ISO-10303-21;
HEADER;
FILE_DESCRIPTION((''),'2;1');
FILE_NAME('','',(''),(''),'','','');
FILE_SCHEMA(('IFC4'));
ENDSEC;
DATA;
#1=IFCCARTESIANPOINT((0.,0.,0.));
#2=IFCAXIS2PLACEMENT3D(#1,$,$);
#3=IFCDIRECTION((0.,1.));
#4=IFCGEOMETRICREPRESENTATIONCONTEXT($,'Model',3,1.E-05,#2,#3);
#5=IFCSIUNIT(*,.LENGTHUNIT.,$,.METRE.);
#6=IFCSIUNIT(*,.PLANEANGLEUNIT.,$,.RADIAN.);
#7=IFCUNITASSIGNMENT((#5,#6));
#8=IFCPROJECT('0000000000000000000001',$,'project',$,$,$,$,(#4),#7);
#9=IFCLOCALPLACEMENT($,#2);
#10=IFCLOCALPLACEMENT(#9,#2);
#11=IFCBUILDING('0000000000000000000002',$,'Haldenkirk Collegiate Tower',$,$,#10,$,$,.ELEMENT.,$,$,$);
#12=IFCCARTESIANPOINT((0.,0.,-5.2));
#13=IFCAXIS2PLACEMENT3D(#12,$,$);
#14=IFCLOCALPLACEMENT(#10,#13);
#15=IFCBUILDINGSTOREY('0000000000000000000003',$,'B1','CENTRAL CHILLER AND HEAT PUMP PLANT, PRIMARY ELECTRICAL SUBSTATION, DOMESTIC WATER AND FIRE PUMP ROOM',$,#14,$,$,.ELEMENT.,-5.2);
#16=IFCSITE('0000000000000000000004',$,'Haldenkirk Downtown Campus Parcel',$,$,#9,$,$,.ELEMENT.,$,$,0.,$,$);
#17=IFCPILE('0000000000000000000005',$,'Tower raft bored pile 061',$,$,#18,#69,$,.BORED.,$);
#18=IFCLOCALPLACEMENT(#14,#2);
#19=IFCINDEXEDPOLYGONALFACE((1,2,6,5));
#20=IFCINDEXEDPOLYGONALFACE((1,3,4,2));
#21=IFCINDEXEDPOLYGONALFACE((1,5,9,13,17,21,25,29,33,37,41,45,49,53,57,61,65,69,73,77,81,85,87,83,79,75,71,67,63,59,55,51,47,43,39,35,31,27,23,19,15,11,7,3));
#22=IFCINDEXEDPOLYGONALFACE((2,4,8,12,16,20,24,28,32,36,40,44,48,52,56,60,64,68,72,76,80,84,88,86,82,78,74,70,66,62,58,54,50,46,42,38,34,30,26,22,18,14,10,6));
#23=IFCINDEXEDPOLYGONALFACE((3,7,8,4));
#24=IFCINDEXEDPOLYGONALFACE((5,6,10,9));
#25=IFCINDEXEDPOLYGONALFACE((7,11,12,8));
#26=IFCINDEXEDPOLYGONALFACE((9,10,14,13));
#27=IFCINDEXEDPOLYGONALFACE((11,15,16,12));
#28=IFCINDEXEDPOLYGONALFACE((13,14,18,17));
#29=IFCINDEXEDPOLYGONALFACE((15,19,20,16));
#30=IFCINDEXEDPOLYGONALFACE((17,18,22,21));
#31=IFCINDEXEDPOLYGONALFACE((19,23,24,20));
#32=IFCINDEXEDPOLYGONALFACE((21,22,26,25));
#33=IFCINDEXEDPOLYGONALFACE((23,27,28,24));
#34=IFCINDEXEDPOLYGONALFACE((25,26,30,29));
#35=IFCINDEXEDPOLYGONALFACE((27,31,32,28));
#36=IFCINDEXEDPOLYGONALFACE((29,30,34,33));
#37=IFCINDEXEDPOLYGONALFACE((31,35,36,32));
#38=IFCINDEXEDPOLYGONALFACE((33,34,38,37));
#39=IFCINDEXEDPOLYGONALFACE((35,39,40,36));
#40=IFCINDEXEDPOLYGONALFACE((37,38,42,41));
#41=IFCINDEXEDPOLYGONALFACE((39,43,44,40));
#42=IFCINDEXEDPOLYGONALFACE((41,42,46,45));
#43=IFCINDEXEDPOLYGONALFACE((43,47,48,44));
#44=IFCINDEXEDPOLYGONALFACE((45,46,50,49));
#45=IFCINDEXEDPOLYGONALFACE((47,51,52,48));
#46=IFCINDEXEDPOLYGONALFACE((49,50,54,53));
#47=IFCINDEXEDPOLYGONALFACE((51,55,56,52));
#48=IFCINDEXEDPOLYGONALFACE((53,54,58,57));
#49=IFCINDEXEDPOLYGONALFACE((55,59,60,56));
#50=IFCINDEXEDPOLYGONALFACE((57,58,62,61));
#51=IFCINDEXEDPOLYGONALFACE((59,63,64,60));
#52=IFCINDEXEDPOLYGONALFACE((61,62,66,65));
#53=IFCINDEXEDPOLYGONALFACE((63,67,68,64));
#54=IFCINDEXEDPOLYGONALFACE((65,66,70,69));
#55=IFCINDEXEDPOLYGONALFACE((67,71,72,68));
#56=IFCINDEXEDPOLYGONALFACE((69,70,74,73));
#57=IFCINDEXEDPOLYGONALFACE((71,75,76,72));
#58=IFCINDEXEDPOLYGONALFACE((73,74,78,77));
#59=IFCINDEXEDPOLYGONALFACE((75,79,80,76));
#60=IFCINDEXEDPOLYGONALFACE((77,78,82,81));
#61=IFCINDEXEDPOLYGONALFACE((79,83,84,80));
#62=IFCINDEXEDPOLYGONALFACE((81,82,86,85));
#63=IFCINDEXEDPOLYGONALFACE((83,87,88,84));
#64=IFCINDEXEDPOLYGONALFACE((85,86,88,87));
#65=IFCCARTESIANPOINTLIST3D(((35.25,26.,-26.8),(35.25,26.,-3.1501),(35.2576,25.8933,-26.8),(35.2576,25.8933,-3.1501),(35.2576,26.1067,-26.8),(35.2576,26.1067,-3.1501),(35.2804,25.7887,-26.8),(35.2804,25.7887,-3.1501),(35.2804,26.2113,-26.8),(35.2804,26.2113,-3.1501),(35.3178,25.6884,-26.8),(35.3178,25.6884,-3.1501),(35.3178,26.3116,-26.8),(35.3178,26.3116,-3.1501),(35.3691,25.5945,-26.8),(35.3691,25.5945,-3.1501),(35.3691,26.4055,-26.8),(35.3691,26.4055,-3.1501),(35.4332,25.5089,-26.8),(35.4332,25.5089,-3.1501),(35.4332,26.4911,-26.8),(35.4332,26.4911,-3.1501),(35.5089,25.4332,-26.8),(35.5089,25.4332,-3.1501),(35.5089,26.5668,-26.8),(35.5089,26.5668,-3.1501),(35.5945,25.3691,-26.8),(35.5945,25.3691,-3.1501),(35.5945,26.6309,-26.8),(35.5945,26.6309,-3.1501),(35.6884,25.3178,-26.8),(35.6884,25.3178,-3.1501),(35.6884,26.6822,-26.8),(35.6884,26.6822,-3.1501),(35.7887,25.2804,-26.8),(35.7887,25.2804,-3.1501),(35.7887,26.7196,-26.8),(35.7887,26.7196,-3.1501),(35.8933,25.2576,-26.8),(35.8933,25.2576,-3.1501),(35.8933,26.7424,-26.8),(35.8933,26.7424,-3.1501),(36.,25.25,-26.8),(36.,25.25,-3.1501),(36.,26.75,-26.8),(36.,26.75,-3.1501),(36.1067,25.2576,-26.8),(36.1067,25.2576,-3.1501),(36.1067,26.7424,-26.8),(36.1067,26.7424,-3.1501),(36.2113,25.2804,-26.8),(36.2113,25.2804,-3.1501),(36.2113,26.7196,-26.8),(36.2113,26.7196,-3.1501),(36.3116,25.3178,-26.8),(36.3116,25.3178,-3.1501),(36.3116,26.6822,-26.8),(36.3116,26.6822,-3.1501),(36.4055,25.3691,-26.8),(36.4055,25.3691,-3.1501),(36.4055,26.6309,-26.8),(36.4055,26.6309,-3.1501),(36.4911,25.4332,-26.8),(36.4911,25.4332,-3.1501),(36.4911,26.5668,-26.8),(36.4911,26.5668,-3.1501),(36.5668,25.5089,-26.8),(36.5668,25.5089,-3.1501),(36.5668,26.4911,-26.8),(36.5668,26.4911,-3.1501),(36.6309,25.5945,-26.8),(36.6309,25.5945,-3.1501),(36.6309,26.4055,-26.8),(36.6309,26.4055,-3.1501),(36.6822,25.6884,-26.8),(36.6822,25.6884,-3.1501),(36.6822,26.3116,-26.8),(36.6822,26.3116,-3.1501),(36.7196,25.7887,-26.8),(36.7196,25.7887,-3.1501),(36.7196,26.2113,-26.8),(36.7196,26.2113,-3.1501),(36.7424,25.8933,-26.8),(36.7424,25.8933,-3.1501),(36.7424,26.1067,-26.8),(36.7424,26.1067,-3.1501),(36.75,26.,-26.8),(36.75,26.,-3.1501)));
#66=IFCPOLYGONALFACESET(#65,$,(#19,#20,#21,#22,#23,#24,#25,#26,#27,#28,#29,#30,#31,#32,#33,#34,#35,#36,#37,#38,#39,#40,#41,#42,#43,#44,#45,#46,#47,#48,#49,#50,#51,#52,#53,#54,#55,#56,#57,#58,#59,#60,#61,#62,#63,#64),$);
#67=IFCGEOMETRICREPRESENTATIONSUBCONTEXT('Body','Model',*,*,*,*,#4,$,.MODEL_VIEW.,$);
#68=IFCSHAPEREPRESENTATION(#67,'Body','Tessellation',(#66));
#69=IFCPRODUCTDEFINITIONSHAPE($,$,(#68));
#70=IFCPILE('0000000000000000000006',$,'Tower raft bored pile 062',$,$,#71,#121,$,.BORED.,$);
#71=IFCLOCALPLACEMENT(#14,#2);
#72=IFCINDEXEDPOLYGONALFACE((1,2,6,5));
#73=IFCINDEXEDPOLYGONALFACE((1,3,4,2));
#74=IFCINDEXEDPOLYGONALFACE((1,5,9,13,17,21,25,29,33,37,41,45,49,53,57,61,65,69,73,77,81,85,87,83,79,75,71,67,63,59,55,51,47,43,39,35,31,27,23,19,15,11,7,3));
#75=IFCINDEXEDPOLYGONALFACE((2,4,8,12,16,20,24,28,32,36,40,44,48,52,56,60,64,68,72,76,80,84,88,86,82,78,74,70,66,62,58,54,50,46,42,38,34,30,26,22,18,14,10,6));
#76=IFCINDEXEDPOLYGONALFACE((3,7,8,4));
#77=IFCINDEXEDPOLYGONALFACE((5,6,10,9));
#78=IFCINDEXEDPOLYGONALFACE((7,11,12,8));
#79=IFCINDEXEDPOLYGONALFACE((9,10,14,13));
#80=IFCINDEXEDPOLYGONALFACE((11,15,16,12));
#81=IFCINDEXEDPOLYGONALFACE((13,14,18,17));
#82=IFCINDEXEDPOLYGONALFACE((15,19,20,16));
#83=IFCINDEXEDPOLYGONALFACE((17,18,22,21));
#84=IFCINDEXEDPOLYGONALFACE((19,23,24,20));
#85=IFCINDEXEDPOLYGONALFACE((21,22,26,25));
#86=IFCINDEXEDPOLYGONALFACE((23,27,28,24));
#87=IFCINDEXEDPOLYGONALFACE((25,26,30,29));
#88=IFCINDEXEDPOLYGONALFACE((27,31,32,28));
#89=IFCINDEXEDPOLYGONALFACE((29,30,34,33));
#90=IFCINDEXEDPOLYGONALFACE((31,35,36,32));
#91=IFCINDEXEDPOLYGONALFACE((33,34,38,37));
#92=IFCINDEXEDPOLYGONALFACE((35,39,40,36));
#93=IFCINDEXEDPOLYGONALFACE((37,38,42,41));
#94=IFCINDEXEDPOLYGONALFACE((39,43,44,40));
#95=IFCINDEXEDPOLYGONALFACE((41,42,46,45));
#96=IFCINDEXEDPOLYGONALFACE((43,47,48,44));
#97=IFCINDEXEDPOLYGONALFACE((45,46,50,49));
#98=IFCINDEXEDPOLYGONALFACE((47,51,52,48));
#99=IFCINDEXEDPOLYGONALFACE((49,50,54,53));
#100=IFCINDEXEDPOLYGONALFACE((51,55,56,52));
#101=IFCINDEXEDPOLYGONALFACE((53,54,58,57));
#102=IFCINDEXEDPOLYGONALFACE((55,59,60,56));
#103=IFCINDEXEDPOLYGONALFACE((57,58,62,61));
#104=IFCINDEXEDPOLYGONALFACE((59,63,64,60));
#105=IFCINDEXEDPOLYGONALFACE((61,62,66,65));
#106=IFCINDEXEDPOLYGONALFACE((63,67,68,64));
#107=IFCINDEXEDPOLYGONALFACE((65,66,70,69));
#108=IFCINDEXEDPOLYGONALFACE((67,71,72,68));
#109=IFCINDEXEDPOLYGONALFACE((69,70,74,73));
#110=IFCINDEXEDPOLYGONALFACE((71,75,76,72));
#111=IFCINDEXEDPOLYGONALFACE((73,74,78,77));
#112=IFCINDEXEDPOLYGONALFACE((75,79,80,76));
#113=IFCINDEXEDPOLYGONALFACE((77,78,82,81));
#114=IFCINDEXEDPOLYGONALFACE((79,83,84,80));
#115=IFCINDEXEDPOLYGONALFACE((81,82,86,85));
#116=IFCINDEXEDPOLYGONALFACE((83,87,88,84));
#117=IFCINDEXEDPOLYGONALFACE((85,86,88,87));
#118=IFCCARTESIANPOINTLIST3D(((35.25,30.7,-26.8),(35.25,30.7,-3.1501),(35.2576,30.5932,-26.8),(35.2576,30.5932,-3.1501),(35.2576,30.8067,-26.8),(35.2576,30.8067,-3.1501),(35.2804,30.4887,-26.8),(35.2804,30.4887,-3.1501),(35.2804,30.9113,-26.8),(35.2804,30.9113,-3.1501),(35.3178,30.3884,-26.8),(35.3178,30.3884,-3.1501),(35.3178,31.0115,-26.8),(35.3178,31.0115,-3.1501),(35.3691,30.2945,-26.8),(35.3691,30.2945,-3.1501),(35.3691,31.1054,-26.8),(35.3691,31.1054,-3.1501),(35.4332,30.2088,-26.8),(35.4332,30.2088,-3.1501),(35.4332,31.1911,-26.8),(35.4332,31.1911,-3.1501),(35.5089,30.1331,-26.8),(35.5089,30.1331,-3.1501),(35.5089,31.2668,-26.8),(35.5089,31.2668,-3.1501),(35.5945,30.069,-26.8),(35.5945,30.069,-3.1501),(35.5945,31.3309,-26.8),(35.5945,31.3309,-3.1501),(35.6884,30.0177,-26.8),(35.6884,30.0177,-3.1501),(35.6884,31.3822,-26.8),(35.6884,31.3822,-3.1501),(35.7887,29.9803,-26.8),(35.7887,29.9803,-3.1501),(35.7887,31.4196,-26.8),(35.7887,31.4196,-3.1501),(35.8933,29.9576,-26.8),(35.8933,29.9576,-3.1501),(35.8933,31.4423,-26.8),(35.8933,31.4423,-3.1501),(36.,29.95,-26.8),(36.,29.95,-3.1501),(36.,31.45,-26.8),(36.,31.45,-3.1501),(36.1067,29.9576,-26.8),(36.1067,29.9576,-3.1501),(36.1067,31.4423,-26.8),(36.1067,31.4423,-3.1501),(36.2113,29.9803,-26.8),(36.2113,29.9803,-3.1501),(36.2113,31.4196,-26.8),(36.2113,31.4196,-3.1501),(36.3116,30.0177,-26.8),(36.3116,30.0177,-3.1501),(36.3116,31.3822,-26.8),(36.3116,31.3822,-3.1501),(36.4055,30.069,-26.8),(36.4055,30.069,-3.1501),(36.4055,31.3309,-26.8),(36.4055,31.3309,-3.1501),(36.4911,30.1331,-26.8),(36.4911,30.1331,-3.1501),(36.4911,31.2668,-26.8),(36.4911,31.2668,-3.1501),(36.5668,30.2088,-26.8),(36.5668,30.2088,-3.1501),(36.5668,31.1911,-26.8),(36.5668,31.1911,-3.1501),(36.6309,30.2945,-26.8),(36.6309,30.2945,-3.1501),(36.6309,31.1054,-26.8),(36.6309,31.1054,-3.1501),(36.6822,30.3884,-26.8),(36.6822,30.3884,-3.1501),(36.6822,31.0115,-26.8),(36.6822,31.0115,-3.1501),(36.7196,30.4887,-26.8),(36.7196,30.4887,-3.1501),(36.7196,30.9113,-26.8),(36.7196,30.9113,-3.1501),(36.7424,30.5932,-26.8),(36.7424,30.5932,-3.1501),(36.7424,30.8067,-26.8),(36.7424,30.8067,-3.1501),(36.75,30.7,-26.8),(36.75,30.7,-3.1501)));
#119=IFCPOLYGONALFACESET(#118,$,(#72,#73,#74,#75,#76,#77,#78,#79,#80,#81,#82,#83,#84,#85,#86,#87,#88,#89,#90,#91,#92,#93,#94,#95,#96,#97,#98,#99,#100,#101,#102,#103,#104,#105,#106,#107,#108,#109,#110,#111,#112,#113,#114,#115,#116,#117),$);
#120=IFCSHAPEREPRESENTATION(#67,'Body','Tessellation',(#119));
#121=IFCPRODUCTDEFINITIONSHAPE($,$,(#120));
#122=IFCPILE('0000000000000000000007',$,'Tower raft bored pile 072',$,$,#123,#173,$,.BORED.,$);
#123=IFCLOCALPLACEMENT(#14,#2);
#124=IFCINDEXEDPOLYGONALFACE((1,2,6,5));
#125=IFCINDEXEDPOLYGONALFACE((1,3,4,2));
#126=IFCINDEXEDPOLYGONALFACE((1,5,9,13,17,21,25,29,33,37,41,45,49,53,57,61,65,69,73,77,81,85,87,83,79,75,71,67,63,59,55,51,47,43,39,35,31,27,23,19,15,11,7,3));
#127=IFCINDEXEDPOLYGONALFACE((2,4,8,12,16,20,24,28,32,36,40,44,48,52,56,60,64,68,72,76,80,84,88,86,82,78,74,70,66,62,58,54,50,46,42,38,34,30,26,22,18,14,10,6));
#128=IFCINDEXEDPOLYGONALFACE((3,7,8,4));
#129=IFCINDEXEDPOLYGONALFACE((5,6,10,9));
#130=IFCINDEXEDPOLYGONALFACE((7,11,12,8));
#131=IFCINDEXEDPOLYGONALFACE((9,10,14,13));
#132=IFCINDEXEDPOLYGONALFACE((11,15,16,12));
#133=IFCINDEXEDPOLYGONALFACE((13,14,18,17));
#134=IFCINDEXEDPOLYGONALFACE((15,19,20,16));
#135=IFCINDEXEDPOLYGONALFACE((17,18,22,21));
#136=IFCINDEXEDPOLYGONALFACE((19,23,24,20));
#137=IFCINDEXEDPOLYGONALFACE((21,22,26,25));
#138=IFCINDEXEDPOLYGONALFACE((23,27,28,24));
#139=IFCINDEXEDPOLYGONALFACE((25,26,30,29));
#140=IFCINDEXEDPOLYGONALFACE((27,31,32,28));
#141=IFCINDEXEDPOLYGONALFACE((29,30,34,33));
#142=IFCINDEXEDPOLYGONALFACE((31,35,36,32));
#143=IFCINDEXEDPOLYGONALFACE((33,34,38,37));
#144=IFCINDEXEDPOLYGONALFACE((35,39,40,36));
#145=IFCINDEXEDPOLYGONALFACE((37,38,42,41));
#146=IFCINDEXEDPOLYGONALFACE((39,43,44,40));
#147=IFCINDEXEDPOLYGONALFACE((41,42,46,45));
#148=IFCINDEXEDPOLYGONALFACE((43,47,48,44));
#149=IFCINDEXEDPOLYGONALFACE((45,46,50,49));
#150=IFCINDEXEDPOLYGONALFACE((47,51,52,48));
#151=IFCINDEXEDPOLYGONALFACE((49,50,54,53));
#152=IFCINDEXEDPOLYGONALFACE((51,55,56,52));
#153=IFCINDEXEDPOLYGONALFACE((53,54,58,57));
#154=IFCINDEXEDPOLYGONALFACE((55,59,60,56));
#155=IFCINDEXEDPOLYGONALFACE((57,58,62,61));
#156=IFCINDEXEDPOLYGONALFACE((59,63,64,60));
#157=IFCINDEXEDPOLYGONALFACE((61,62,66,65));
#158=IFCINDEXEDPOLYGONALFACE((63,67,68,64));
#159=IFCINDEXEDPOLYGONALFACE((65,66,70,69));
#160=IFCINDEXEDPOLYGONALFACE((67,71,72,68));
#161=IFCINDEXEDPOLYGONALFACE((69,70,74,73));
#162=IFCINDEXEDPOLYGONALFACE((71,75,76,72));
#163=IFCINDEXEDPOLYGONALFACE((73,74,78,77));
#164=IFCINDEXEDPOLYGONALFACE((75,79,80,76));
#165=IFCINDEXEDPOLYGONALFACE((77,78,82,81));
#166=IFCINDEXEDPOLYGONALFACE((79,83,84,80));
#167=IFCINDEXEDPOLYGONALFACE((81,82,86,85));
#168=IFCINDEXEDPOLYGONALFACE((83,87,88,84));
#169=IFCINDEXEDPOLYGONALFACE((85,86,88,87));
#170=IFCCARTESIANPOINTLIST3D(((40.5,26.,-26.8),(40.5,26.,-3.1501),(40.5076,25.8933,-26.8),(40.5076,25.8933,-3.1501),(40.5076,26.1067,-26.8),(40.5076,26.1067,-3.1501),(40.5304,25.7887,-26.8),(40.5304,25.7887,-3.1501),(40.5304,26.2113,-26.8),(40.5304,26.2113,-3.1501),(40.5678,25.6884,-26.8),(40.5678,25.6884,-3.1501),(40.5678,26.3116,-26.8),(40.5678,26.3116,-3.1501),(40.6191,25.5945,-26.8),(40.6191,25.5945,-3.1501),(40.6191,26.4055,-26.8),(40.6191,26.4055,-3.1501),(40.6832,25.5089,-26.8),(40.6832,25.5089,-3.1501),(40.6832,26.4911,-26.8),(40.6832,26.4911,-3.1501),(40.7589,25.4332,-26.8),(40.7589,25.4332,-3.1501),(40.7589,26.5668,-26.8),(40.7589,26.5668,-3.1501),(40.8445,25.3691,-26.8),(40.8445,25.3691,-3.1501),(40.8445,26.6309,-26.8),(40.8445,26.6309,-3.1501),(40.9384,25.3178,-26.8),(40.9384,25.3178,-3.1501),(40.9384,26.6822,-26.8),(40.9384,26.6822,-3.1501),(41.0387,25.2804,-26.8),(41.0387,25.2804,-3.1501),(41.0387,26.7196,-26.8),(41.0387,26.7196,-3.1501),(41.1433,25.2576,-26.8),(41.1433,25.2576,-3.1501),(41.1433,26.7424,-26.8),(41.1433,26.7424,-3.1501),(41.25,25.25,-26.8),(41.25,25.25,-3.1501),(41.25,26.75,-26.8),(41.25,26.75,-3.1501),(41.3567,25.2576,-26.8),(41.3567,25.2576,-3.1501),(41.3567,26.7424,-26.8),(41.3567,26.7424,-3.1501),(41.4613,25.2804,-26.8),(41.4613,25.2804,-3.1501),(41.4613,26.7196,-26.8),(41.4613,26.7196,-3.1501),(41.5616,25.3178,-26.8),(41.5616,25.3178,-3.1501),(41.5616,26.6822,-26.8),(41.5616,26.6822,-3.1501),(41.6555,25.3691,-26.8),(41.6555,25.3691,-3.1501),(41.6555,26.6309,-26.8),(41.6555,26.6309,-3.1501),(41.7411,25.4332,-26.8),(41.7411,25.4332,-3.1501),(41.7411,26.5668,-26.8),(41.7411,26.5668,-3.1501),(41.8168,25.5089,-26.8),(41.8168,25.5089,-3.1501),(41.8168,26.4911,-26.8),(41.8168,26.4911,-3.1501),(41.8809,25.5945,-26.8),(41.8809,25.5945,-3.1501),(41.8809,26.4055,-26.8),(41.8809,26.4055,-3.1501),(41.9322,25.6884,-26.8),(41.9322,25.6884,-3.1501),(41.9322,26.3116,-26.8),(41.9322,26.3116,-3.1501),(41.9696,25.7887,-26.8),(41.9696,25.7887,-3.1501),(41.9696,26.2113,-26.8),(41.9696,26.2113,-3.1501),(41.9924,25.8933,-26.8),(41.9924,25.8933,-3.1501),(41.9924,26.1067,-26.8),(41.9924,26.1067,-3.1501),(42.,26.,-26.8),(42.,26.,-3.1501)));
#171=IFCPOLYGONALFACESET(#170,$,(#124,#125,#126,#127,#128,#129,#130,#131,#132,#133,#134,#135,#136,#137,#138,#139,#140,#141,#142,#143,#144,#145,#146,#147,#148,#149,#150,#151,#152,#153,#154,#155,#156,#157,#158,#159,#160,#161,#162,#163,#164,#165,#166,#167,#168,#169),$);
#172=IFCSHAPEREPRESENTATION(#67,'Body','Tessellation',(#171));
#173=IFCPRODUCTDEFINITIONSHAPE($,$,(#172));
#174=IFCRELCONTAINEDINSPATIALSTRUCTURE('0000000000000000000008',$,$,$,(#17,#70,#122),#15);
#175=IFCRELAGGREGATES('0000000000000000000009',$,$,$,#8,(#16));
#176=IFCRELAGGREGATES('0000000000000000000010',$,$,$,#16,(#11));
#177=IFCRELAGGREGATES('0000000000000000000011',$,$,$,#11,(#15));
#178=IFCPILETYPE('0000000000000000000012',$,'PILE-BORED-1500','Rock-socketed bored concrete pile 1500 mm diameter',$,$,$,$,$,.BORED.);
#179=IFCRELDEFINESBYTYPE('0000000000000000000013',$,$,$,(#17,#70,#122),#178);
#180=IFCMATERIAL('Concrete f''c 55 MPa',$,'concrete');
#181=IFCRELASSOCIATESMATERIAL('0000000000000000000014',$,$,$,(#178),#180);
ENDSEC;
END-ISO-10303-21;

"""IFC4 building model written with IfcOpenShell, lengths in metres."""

from ifc_helpers import new_model, si_unit, direction, frame, origin, origin_2d, place, context, subcontext, project, spatial, circle, extrude, material, material_profile, profile_set, type_object, element, save


model = new_model("IFC4")

# Units and contexts
model_context = context("Model", 3, precision=1e-05, world=origin(), true_north=direction((0.0, 1.0)))
body_context = subcontext(model_context, "Body", "Model", "MODEL_VIEW")
ifc_project = project(units=[si_unit("LENGTHUNIT", "METRE"), si_unit("PLANEANGLEUNIT", "RADIAN")], contexts=[model_context])

# Site, building, storey
site_placement = place(None, origin())
site = spatial("IfcSite", under=ifc_project, at=site_placement, Name="Haldenkirk Downtown Campus Parcel", CompositionType="ELEMENT", RefElevation=0.0)
building_placement = place(site_placement, origin())
building = spatial("IfcBuilding", under=site, at=building_placement, Name="Haldenkirk Collegiate Tower", CompositionType="ELEMENT")
storey_placement = place(building_placement, frame((0.0, 0.0, -5.2)))
storey = spatial("IfcBuildingStorey", under=building, at=storey_placement, Name="B1", Description="CENTRAL CHILLER AND HEAT PUMP PLANT, PRIMARY ELECTRICAL SUBSTATION, DOMESTIC WATER AND FIRE PUMP ROOM", CompositionType="ELEMENT", Elevation=-5.2)

# Piles
ifc_material_1 = material(Name="Concrete f'c 55 MPa", Category="concrete")
ifc_material_profile = material_profile(ifc_material_1, circle(Radius=0.75, at=origin_2d()), Name="PILE1500")
ifc_profile_set = profile_set([ifc_material_profile], Name="Concrete f'c 55 MPa")
pile_type = type_object("IfcPileType", Name="PILE-BORED-1500", Description="Rock-socketed bored concrete pile 1500 mm diameter", PredefinedType="BORED", material=ifc_profile_set)
for number, where, z_axis, x_axis, name in (
    (1, (36.0, 26.0, -3.1501), (0.0, 0.0, -1.0), (1.0, 0.0, 0.0), "Tower raft bored pile 061"),
    (2, (36.0, 30.7, -3.1501), (0.0, 0.0, -1.0), (1.0, 0.0, 0.0), "Tower raft bored pile 062"),
    (3, (41.25, 26.0, -3.1501), (0.0, 0.0, -1.0), (1.0, 0.0, 0.0), "Tower raft bored pile 072"),
):
    element("IfcPile", number, at=place(storey_placement, frame(where, z_axis=z_axis, x_axis=x_axis)), inside=storey, type_object=pile_type, Name=name, PredefinedType="BORED", context=body_context, shape_type="SweptSolid", body=[
        extrude(circle(Radius=0.75, at=origin_2d()), origin(), (0.0, 0.0, 1.0), 23.6499),
    ])

save(model, "model.ifc")
